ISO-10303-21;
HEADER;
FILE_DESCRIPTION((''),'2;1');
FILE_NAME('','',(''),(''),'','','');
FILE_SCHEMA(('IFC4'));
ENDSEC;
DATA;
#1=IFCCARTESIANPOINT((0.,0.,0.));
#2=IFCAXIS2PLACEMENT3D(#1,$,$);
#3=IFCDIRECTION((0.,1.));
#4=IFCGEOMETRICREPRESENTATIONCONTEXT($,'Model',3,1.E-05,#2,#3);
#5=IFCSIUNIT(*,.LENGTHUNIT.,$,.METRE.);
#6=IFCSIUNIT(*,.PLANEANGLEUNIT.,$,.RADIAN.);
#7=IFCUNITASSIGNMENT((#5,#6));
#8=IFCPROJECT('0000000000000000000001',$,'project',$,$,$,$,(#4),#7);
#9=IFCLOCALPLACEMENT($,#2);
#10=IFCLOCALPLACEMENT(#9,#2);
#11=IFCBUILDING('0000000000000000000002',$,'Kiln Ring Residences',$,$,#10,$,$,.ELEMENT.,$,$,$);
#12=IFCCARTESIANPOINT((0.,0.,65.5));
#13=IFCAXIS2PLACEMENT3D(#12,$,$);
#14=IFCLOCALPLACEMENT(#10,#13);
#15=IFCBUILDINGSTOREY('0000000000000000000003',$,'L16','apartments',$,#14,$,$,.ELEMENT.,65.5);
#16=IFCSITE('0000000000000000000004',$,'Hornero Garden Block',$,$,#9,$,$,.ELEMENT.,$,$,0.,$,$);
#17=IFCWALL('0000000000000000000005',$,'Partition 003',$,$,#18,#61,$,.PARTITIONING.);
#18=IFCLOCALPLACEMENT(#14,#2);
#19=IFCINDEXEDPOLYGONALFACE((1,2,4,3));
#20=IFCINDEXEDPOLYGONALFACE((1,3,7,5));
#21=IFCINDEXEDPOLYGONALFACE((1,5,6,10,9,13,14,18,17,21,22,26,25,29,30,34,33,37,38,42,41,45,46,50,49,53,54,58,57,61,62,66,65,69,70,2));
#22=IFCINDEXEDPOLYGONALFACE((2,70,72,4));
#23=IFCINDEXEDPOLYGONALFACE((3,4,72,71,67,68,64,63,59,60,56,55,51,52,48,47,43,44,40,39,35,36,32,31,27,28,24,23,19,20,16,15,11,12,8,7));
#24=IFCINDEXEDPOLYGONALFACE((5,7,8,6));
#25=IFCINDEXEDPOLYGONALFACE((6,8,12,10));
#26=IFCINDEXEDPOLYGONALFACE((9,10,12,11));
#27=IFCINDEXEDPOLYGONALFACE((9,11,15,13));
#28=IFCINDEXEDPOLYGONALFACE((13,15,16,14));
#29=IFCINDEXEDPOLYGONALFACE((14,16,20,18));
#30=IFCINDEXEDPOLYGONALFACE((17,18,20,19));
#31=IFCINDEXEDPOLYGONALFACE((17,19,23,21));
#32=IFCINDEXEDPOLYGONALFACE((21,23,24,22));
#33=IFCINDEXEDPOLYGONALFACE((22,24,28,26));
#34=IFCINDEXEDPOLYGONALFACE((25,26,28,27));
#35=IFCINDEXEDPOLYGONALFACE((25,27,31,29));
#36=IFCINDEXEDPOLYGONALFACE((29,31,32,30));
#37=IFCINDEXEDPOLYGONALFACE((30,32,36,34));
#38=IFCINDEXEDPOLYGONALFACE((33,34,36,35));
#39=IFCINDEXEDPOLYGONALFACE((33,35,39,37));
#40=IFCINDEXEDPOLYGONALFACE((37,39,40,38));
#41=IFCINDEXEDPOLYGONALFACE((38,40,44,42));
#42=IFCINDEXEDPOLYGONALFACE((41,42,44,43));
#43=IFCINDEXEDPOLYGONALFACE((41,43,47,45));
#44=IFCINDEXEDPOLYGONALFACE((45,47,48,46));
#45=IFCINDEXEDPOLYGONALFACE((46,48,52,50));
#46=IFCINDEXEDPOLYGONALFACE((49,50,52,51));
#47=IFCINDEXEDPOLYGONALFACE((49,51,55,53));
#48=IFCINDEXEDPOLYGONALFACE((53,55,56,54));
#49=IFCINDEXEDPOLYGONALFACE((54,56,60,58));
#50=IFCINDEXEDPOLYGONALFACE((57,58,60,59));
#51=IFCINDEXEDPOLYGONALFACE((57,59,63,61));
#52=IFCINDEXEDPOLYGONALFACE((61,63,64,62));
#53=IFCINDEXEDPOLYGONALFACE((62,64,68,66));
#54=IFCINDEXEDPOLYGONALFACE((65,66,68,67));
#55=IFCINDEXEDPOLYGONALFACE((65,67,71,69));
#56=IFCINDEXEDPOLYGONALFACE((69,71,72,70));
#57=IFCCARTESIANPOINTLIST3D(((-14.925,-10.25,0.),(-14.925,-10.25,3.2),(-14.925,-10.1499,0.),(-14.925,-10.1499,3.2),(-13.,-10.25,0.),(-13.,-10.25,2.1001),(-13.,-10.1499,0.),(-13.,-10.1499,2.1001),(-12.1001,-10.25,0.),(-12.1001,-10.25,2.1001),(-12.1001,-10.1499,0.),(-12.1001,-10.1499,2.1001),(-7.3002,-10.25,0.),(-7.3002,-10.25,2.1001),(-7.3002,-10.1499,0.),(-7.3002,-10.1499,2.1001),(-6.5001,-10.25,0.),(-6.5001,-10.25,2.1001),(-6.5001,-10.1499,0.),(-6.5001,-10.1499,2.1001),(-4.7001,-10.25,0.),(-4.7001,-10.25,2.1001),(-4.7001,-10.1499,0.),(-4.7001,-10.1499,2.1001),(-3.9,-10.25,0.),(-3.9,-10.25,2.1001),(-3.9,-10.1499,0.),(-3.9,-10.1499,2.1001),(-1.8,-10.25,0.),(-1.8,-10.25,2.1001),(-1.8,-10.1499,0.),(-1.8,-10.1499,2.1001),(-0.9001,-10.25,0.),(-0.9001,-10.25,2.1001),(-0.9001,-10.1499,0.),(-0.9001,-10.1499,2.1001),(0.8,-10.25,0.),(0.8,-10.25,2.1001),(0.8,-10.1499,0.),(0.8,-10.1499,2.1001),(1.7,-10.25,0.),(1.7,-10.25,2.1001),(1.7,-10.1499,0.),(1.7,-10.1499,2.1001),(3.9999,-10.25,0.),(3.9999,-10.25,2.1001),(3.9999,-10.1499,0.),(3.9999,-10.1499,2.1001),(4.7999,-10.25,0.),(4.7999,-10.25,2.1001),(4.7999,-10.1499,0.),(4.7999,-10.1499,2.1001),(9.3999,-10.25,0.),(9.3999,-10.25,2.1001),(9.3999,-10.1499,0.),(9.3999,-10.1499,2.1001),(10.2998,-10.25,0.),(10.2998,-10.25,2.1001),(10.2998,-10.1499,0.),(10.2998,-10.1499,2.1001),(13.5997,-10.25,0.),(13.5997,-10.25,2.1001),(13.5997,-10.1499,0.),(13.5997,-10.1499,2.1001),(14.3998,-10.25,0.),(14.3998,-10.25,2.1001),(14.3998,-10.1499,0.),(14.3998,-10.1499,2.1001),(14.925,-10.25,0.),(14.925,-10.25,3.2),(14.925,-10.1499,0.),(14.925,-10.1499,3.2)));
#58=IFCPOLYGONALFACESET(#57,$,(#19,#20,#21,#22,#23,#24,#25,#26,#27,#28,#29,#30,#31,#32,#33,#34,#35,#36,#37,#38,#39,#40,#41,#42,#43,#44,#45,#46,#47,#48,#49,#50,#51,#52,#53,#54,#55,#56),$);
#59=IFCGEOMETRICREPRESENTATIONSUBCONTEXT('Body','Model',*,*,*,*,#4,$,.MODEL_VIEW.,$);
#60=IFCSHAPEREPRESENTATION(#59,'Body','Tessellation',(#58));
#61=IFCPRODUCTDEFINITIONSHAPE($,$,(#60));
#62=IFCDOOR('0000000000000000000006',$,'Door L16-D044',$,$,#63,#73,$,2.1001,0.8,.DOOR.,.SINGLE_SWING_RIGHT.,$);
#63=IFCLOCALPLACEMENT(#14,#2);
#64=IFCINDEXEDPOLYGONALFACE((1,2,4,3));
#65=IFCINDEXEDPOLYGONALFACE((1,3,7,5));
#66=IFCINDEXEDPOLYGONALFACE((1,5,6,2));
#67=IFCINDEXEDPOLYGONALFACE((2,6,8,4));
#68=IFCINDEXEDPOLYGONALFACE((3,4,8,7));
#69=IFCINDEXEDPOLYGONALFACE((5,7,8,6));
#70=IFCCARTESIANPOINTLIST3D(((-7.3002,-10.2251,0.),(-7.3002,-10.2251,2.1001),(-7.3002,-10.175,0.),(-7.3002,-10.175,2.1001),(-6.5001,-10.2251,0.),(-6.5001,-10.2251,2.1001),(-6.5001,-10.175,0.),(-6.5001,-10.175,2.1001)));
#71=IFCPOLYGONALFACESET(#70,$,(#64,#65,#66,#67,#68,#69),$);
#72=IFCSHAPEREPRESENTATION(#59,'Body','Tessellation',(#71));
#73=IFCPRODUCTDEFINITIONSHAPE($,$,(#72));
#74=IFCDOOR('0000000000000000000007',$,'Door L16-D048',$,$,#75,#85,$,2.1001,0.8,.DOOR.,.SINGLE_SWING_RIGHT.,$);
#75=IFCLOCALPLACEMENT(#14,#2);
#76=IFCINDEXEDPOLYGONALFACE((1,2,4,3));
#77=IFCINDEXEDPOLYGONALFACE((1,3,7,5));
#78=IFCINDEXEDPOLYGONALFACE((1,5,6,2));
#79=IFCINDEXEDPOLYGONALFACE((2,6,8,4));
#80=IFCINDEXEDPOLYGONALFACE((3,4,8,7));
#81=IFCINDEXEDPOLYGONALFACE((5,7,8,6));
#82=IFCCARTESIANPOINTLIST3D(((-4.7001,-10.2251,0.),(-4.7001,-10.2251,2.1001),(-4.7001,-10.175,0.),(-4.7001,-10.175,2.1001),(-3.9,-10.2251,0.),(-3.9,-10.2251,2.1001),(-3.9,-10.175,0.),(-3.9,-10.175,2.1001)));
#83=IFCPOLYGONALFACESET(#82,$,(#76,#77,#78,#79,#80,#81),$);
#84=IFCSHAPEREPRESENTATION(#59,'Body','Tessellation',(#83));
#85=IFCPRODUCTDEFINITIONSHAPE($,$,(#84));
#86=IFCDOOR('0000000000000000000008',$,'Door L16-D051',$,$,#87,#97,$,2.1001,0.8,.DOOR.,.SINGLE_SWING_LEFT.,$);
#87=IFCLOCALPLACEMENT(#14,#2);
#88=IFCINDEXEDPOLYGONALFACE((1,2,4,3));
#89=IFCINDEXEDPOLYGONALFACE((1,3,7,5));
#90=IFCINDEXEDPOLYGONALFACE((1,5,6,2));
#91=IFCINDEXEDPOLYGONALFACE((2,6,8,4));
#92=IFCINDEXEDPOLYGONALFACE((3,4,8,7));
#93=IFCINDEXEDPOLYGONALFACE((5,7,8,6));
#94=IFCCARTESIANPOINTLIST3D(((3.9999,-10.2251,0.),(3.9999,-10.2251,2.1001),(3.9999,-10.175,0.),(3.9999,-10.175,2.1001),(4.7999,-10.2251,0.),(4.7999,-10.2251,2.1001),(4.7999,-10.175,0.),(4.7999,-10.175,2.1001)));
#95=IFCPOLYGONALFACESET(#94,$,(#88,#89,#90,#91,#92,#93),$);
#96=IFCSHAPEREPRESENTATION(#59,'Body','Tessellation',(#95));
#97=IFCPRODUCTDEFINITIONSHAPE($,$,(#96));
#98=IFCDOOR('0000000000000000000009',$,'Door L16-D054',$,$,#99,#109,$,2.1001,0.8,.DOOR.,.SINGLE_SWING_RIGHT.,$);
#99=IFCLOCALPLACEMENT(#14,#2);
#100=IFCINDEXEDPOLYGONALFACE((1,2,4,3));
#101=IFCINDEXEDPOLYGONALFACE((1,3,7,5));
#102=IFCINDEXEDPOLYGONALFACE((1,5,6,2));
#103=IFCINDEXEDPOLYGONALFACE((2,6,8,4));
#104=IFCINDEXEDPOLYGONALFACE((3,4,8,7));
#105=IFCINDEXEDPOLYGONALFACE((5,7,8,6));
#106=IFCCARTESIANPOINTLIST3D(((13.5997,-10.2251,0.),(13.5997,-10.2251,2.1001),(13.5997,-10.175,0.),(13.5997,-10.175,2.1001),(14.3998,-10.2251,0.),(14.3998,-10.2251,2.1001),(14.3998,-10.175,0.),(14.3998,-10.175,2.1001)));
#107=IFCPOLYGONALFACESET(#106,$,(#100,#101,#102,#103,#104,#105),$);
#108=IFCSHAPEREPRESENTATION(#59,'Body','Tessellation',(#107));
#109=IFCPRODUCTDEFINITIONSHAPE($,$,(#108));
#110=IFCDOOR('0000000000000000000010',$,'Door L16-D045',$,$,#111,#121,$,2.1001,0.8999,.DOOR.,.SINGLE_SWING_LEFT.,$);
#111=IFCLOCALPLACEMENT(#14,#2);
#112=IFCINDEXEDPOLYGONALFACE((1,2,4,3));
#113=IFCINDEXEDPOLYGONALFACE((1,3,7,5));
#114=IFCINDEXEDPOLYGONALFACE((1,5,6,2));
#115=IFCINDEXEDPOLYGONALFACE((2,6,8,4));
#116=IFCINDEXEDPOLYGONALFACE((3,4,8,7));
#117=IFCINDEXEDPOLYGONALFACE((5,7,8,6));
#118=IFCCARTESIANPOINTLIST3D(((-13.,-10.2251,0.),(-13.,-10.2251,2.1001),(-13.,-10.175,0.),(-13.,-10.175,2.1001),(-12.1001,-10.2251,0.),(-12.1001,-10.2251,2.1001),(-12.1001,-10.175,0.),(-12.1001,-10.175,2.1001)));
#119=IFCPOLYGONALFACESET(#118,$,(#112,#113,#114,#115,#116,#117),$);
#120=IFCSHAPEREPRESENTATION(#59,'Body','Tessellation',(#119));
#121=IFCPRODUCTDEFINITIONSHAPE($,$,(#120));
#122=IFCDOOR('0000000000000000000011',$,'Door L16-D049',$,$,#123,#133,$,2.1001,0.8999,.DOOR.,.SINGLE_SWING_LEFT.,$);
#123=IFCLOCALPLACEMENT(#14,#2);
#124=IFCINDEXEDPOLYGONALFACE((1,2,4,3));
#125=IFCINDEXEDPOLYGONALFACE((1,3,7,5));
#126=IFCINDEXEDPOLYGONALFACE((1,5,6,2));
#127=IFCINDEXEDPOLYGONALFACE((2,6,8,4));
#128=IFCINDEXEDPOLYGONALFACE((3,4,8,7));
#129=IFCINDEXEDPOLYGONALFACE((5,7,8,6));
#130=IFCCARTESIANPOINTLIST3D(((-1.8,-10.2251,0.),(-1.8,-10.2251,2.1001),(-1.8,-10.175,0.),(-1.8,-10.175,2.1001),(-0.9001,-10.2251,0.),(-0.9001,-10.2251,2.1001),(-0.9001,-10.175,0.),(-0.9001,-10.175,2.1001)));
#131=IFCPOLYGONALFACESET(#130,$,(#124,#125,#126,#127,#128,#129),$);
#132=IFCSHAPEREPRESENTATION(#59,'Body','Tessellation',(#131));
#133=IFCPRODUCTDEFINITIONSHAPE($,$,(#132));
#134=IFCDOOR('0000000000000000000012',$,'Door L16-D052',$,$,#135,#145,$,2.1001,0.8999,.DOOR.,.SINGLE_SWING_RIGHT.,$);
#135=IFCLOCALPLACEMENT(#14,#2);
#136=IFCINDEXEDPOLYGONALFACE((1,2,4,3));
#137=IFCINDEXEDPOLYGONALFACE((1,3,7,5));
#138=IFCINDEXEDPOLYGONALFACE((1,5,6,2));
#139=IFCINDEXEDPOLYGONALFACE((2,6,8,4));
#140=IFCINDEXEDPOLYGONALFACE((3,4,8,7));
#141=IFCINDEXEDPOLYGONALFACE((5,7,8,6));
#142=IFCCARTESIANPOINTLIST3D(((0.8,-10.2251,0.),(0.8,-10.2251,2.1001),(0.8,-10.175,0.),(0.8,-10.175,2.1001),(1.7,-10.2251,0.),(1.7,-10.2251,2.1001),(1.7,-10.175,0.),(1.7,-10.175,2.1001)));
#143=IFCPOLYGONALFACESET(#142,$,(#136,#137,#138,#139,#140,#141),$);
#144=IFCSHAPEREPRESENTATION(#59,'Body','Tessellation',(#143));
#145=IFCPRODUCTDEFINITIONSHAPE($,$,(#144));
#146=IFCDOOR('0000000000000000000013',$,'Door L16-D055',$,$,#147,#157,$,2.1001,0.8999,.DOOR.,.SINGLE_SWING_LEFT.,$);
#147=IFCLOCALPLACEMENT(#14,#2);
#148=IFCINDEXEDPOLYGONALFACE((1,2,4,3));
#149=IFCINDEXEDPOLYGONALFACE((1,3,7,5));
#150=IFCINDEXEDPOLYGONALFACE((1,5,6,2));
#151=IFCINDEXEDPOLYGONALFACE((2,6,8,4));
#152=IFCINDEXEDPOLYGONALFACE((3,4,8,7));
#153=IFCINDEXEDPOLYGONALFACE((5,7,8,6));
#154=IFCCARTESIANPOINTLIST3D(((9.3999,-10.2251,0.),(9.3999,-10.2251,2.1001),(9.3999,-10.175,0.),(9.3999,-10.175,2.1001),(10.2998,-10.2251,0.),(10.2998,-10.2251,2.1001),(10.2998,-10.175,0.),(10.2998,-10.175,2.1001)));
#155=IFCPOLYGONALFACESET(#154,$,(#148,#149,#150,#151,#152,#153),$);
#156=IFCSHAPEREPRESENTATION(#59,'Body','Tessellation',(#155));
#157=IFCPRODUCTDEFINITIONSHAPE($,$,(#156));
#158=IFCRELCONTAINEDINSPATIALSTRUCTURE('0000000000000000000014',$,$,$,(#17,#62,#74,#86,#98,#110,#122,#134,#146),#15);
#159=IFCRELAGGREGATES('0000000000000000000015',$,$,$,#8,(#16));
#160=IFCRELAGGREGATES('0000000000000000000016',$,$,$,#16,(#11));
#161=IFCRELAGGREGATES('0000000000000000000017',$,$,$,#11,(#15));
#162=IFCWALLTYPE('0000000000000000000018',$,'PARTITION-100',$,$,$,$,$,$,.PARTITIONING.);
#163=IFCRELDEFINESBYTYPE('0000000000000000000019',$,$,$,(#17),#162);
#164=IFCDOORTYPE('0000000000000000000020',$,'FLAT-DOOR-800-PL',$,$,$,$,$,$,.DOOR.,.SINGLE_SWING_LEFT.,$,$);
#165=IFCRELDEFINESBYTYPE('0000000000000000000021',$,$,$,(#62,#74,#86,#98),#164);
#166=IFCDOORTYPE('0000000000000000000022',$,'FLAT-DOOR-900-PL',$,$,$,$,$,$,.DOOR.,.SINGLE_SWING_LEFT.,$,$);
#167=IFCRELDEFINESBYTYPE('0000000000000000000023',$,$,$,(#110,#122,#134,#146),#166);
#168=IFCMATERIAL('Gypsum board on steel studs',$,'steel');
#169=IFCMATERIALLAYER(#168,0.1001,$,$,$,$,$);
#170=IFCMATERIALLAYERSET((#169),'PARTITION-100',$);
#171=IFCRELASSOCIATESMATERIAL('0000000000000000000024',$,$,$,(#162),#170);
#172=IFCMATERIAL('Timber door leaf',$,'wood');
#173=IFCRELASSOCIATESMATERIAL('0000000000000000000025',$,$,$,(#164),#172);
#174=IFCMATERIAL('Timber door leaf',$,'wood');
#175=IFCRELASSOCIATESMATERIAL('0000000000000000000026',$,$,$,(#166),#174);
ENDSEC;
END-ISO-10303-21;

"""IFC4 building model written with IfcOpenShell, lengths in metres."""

from ifc_helpers import new_model, si_unit, direction, frame, frame_2d, origin, place, context, subcontext, project, spatial, rectangle, extrude, material, layer, layer_set, type_object, element, fill, save


model = new_model("IFC4")

# Units and contexts
model_context = context("Model", 3, precision=1e-05, world=origin(), true_north=direction((0.0, 1.0)))
body_context = subcontext(model_context, "Body", "Model", "MODEL_VIEW")
ifc_project = project(units=[si_unit("LENGTHUNIT", "METRE"), si_unit("PLANEANGLEUNIT", "RADIAN")], contexts=[model_context])

# Site, building, storey
site_placement = place(None, origin())
site = spatial("IfcSite", under=ifc_project, at=site_placement, Name="Hornero Garden Block", CompositionType="ELEMENT", RefElevation=0.0)
building_placement = place(site_placement, origin())
building = spatial("IfcBuilding", under=site, at=building_placement, Name="Kiln Ring Residences", CompositionType="ELEMENT")
storey_placement = place(building_placement, frame((0.0, 0.0, 65.5)))
storey = spatial("IfcBuildingStorey", under=building, at=storey_placement, Name="L16", Description="apartments", CompositionType="ELEMENT", Elevation=65.5)

# Wall, openings, doors
ifc_material_1 = material(Name="Gypsum board on steel studs", Category="steel")
ifc_layer_1 = layer(ifc_material_1, 0.1001)
ifc_layer_set_1 = layer_set([ifc_layer_1], Name="PARTITION-100")
wall_type_1 = type_object("IfcWallType", Name="PARTITION-100", PredefinedType="PARTITIONING", material=ifc_layer_set_1)
wall_1_placement = place(storey_placement, frame((-14.925, -10.2, 0.0), z_axis=(0.0, 0.0, 1.0), x_axis=(1.0, 0.0, 0.0)))
wall_1 = element("IfcWall", 1, at=wall_1_placement, inside=storey, type_object=wall_type_1, Name="Partition 003", PredefinedType="PARTITIONING", context=body_context, shape_type="SweptSolid", body=[
    extrude(rectangle(XDim=29.8501, YDim=0.1001, at=frame_2d((14.925, 0.0))), origin(), (0.0, 0.0, 1.0), 3.2),
])
opening_1_placement = place(wall_1_placement, frame((7.625, 0.0, 0.0)))
opening_1 = element("IfcOpeningElement", 2, at=opening_1_placement, cuts=wall_1, PredefinedType="OPENING", context=body_context, shape_type="SweptSolid", body=[
    extrude(rectangle(XDim=0.8, YDim=2.1001, at=frame_2d((0.3999, 1.05))), frame((0.0, 0.0601, 0.0), z_axis=(0.0, -1.0, 0.0), x_axis=(1.0, 0.0, 0.0)), (0.0, 0.0, 1.0), 0.1201),
])
opening_2_placement = place(wall_1_placement, frame((1.925, 0.0, 0.0)))
opening_2 = element("IfcOpeningElement", 3, at=opening_2_placement, cuts=wall_1, PredefinedType="OPENING", context=body_context, shape_type="SweptSolid", body=[
    extrude(rectangle(XDim=0.8999, YDim=2.1001, at=frame_2d((0.45, 1.05))), frame((0.0, 0.0601, 0.0), z_axis=(0.0, -1.0, 0.0), x_axis=(1.0, 0.0, 0.0)), (0.0, 0.0, 1.0), 0.1201),
])
opening_3_placement = place(wall_1_placement, frame((10.2251, 0.0, 0.0)))
opening_3 = element("IfcOpeningElement", 4, at=opening_3_placement, cuts=wall_1, PredefinedType="OPENING", context=body_context, shape_type="SweptSolid", body=[
    extrude(rectangle(XDim=0.8, YDim=2.1001, at=frame_2d((0.3999, 1.05))), frame((0.0, 0.0601, 0.0), z_axis=(0.0, -1.0, 0.0), x_axis=(1.0, 0.0, 0.0)), (0.0, 0.0, 1.0), 0.1201),
])
opening_4_placement = place(wall_1_placement, frame((13.125, 0.0, 0.0)))
opening_4 = element("IfcOpeningElement", 5, at=opening_4_placement, cuts=wall_1, PredefinedType="OPENING", context=body_context, shape_type="SweptSolid", body=[
    extrude(rectangle(XDim=0.8999, YDim=2.1001, at=frame_2d((0.45, 1.05))), frame((0.0, 0.0601, 0.0), z_axis=(0.0, -1.0, 0.0), x_axis=(1.0, 0.0, 0.0)), (0.0, 0.0, 1.0), 0.1201),
])
opening_5_placement = place(wall_1_placement, frame((18.925, 0.0, 0.0)))
opening_5 = element("IfcOpeningElement", 6, at=opening_5_placement, cuts=wall_1, PredefinedType="OPENING", context=body_context, shape_type="SweptSolid", body=[
    extrude(rectangle(XDim=0.8, YDim=2.1001, at=frame_2d((0.3999, 1.05))), frame((0.0, 0.0601, 0.0), z_axis=(0.0, -1.0, 0.0), x_axis=(1.0, 0.0, 0.0)), (0.0, 0.0, 1.0), 0.1201),
])
opening_6_placement = place(wall_1_placement, frame((15.7251, 0.0, 0.0)))
opening_6 = element("IfcOpeningElement", 7, at=opening_6_placement, cuts=wall_1, PredefinedType="OPENING", context=body_context, shape_type="SweptSolid", body=[
    extrude(rectangle(XDim=0.8999, YDim=2.1001, at=frame_2d((0.45, 1.05))), frame((0.0, 0.0601, 0.0), z_axis=(0.0, -1.0, 0.0), x_axis=(1.0, 0.0, 0.0)), (0.0, 0.0, 1.0), 0.1201),
])
opening_7_placement = place(wall_1_placement, frame((28.5249, 0.0, 0.0)))
opening_7 = element("IfcOpeningElement", 8, at=opening_7_placement, cuts=wall_1, PredefinedType="OPENING", context=body_context, shape_type="SweptSolid", body=[
    extrude(rectangle(XDim=0.8, YDim=2.1001, at=frame_2d((0.3999, 1.05))), frame((0.0, 0.0601, 0.0), z_axis=(0.0, -1.0, 0.0), x_axis=(1.0, 0.0, 0.0)), (0.0, 0.0, 1.0), 0.1201),
])
opening_8_placement = place(wall_1_placement, frame((24.325, 0.0, 0.0)))
opening_8 = element("IfcOpeningElement", 9, at=opening_8_placement, cuts=wall_1, PredefinedType="OPENING", context=body_context, shape_type="SweptSolid", body=[
    extrude(rectangle(XDim=0.8999, YDim=2.1001, at=frame_2d((0.45, 1.05))), frame((0.0, 0.0601, 0.0), z_axis=(0.0, -1.0, 0.0), x_axis=(1.0, 0.0, 0.0)), (0.0, 0.0, 1.0), 0.1201),
])
ifc_material_2 = material(Name="Timber door leaf", Category="wood")
door_type_1 = type_object("IfcDoorType", Name="FLAT-DOOR-800-PL", OperationType="SINGLE_SWING_LEFT", PredefinedType="DOOR", material=ifc_material_2)
door_1_placement = place(opening_1_placement, origin())
door_1 = element("IfcDoor", 10, at=door_1_placement, inside=storey, type_object=door_type_1, Name="Door L16-D044", OperationType="SINGLE_SWING_RIGHT", OverallHeight=2.1001, OverallWidth=0.8, PredefinedType="DOOR", context=body_context, shape_type="SweptSolid", body=[
    extrude(rectangle(XDim=0.8, YDim=2.1001, at=frame_2d((0.3999, 1.05))), frame((0.0, 0.0249, 0.0), z_axis=(0.0, -1.0, 0.0), x_axis=(1.0, 0.0, 0.0)), (0.0, 0.0, 1.0), 0.05),
])
fill(opening_1, door_1)
door_2_placement = place(opening_3_placement, origin())
door_2 = element("IfcDoor", 11, at=door_2_placement, inside=storey, type_object=door_type_1, Name="Door L16-D048", OperationType="SINGLE_SWING_RIGHT", OverallHeight=2.1001, OverallWidth=0.8, PredefinedType="DOOR", context=body_context, shape_type="SweptSolid", body=[
    extrude(rectangle(XDim=0.8, YDim=2.1001, at=frame_2d((0.3999, 1.05))), frame((0.0, 0.0249, 0.0), z_axis=(0.0, -1.0, 0.0), x_axis=(1.0, 0.0, 0.0)), (0.0, 0.0, 1.0), 0.05),
])
fill(opening_3, door_2)
door_3_placement = place(opening_5_placement, origin())
door_3 = element("IfcDoor", 12, at=door_3_placement, inside=storey, type_object=door_type_1, Name="Door L16-D051", OperationType="SINGLE_SWING_LEFT", OverallHeight=2.1001, OverallWidth=0.8, PredefinedType="DOOR", context=body_context, shape_type="SweptSolid", body=[
    extrude(rectangle(XDim=0.8, YDim=2.1001, at=frame_2d((0.3999, 1.05))), frame((0.0, 0.0249, 0.0), z_axis=(0.0, -1.0, 0.0), x_axis=(1.0, 0.0, 0.0)), (0.0, 0.0, 1.0), 0.05),
])
fill(opening_5, door_3)
door_4_placement = place(opening_7_placement, origin())
door_4 = element("IfcDoor", 13, at=door_4_placement, inside=storey, type_object=door_type_1, Name="Door L16-D054", OperationType="SINGLE_SWING_RIGHT", OverallHeight=2.1001, OverallWidth=0.8, PredefinedType="DOOR", context=body_context, shape_type="SweptSolid", body=[
    extrude(rectangle(XDim=0.8, YDim=2.1001, at=frame_2d((0.3999, 1.05))), frame((0.0, 0.0249, 0.0), z_axis=(0.0, -1.0, 0.0), x_axis=(1.0, 0.0, 0.0)), (0.0, 0.0, 1.0), 0.05),
])
fill(opening_7, door_4)
ifc_material_3 = material(Name="Timber door leaf", Category="wood")
door_type_2 = type_object("IfcDoorType", Name="FLAT-DOOR-900-PL", OperationType="SINGLE_SWING_LEFT", PredefinedType="DOOR", material=ifc_material_3)
door_5_placement = place(opening_2_placement, origin())
door_5 = element("IfcDoor", 14, at=door_5_placement, inside=storey, type_object=door_type_2, Name="Door L16-D045", OperationType="SINGLE_SWING_LEFT", OverallHeight=2.1001, OverallWidth=0.8999, PredefinedType="DOOR", context=body_context, shape_type="SweptSolid", body=[
    extrude(rectangle(XDim=0.8999, YDim=2.1001, at=frame_2d((0.45, 1.05))), frame((0.0, 0.0249, 0.0), z_axis=(0.0, -1.0, 0.0), x_axis=(1.0, 0.0, 0.0)), (0.0, 0.0, 1.0), 0.05),
])
fill(opening_2, door_5)
door_6_placement = place(opening_4_placement, origin())
door_6 = element("IfcDoor", 15, at=door_6_placement, inside=storey, type_object=door_type_2, Name="Door L16-D049", OperationType="SINGLE_SWING_LEFT", OverallHeight=2.1001, OverallWidth=0.8999, PredefinedType="DOOR", context=body_context, shape_type="SweptSolid", body=[
    extrude(rectangle(XDim=0.8999, YDim=2.1001, at=frame_2d((0.45, 1.05))), frame((0.0, 0.0249, 0.0), z_axis=(0.0, -1.0, 0.0), x_axis=(1.0, 0.0, 0.0)), (0.0, 0.0, 1.0), 0.05),
])
fill(opening_4, door_6)
door_7_placement = place(opening_6_placement, origin())
door_7 = element("IfcDoor", 16, at=door_7_placement, inside=storey, type_object=door_type_2, Name="Door L16-D052", OperationType="SINGLE_SWING_RIGHT", OverallHeight=2.1001, OverallWidth=0.8999, PredefinedType="DOOR", context=body_context, shape_type="SweptSolid", body=[
    extrude(rectangle(XDim=0.8999, YDim=2.1001, at=frame_2d((0.45, 1.05))), frame((0.0, 0.0249, 0.0), z_axis=(0.0, -1.0, 0.0), x_axis=(1.0, 0.0, 0.0)), (0.0, 0.0, 1.0), 0.05),
])
fill(opening_6, door_7)
door_8_placement = place(opening_8_placement, origin())
door_8 = element("IfcDoor", 17, at=door_8_placement, inside=storey, type_object=door_type_2, Name="Door L16-D055", OperationType="SINGLE_SWING_LEFT", OverallHeight=2.1001, OverallWidth=0.8999, PredefinedType="DOOR", context=body_context, shape_type="SweptSolid", body=[
    extrude(rectangle(XDim=0.8999, YDim=2.1001, at=frame_2d((0.45, 1.05))), frame((0.0, 0.0249, 0.0), z_axis=(0.0, -1.0, 0.0), x_axis=(1.0, 0.0, 0.0)), (0.0, 0.0, 1.0), 0.05),
])
fill(opening_8, door_8)

save(model, "model.ifc")
